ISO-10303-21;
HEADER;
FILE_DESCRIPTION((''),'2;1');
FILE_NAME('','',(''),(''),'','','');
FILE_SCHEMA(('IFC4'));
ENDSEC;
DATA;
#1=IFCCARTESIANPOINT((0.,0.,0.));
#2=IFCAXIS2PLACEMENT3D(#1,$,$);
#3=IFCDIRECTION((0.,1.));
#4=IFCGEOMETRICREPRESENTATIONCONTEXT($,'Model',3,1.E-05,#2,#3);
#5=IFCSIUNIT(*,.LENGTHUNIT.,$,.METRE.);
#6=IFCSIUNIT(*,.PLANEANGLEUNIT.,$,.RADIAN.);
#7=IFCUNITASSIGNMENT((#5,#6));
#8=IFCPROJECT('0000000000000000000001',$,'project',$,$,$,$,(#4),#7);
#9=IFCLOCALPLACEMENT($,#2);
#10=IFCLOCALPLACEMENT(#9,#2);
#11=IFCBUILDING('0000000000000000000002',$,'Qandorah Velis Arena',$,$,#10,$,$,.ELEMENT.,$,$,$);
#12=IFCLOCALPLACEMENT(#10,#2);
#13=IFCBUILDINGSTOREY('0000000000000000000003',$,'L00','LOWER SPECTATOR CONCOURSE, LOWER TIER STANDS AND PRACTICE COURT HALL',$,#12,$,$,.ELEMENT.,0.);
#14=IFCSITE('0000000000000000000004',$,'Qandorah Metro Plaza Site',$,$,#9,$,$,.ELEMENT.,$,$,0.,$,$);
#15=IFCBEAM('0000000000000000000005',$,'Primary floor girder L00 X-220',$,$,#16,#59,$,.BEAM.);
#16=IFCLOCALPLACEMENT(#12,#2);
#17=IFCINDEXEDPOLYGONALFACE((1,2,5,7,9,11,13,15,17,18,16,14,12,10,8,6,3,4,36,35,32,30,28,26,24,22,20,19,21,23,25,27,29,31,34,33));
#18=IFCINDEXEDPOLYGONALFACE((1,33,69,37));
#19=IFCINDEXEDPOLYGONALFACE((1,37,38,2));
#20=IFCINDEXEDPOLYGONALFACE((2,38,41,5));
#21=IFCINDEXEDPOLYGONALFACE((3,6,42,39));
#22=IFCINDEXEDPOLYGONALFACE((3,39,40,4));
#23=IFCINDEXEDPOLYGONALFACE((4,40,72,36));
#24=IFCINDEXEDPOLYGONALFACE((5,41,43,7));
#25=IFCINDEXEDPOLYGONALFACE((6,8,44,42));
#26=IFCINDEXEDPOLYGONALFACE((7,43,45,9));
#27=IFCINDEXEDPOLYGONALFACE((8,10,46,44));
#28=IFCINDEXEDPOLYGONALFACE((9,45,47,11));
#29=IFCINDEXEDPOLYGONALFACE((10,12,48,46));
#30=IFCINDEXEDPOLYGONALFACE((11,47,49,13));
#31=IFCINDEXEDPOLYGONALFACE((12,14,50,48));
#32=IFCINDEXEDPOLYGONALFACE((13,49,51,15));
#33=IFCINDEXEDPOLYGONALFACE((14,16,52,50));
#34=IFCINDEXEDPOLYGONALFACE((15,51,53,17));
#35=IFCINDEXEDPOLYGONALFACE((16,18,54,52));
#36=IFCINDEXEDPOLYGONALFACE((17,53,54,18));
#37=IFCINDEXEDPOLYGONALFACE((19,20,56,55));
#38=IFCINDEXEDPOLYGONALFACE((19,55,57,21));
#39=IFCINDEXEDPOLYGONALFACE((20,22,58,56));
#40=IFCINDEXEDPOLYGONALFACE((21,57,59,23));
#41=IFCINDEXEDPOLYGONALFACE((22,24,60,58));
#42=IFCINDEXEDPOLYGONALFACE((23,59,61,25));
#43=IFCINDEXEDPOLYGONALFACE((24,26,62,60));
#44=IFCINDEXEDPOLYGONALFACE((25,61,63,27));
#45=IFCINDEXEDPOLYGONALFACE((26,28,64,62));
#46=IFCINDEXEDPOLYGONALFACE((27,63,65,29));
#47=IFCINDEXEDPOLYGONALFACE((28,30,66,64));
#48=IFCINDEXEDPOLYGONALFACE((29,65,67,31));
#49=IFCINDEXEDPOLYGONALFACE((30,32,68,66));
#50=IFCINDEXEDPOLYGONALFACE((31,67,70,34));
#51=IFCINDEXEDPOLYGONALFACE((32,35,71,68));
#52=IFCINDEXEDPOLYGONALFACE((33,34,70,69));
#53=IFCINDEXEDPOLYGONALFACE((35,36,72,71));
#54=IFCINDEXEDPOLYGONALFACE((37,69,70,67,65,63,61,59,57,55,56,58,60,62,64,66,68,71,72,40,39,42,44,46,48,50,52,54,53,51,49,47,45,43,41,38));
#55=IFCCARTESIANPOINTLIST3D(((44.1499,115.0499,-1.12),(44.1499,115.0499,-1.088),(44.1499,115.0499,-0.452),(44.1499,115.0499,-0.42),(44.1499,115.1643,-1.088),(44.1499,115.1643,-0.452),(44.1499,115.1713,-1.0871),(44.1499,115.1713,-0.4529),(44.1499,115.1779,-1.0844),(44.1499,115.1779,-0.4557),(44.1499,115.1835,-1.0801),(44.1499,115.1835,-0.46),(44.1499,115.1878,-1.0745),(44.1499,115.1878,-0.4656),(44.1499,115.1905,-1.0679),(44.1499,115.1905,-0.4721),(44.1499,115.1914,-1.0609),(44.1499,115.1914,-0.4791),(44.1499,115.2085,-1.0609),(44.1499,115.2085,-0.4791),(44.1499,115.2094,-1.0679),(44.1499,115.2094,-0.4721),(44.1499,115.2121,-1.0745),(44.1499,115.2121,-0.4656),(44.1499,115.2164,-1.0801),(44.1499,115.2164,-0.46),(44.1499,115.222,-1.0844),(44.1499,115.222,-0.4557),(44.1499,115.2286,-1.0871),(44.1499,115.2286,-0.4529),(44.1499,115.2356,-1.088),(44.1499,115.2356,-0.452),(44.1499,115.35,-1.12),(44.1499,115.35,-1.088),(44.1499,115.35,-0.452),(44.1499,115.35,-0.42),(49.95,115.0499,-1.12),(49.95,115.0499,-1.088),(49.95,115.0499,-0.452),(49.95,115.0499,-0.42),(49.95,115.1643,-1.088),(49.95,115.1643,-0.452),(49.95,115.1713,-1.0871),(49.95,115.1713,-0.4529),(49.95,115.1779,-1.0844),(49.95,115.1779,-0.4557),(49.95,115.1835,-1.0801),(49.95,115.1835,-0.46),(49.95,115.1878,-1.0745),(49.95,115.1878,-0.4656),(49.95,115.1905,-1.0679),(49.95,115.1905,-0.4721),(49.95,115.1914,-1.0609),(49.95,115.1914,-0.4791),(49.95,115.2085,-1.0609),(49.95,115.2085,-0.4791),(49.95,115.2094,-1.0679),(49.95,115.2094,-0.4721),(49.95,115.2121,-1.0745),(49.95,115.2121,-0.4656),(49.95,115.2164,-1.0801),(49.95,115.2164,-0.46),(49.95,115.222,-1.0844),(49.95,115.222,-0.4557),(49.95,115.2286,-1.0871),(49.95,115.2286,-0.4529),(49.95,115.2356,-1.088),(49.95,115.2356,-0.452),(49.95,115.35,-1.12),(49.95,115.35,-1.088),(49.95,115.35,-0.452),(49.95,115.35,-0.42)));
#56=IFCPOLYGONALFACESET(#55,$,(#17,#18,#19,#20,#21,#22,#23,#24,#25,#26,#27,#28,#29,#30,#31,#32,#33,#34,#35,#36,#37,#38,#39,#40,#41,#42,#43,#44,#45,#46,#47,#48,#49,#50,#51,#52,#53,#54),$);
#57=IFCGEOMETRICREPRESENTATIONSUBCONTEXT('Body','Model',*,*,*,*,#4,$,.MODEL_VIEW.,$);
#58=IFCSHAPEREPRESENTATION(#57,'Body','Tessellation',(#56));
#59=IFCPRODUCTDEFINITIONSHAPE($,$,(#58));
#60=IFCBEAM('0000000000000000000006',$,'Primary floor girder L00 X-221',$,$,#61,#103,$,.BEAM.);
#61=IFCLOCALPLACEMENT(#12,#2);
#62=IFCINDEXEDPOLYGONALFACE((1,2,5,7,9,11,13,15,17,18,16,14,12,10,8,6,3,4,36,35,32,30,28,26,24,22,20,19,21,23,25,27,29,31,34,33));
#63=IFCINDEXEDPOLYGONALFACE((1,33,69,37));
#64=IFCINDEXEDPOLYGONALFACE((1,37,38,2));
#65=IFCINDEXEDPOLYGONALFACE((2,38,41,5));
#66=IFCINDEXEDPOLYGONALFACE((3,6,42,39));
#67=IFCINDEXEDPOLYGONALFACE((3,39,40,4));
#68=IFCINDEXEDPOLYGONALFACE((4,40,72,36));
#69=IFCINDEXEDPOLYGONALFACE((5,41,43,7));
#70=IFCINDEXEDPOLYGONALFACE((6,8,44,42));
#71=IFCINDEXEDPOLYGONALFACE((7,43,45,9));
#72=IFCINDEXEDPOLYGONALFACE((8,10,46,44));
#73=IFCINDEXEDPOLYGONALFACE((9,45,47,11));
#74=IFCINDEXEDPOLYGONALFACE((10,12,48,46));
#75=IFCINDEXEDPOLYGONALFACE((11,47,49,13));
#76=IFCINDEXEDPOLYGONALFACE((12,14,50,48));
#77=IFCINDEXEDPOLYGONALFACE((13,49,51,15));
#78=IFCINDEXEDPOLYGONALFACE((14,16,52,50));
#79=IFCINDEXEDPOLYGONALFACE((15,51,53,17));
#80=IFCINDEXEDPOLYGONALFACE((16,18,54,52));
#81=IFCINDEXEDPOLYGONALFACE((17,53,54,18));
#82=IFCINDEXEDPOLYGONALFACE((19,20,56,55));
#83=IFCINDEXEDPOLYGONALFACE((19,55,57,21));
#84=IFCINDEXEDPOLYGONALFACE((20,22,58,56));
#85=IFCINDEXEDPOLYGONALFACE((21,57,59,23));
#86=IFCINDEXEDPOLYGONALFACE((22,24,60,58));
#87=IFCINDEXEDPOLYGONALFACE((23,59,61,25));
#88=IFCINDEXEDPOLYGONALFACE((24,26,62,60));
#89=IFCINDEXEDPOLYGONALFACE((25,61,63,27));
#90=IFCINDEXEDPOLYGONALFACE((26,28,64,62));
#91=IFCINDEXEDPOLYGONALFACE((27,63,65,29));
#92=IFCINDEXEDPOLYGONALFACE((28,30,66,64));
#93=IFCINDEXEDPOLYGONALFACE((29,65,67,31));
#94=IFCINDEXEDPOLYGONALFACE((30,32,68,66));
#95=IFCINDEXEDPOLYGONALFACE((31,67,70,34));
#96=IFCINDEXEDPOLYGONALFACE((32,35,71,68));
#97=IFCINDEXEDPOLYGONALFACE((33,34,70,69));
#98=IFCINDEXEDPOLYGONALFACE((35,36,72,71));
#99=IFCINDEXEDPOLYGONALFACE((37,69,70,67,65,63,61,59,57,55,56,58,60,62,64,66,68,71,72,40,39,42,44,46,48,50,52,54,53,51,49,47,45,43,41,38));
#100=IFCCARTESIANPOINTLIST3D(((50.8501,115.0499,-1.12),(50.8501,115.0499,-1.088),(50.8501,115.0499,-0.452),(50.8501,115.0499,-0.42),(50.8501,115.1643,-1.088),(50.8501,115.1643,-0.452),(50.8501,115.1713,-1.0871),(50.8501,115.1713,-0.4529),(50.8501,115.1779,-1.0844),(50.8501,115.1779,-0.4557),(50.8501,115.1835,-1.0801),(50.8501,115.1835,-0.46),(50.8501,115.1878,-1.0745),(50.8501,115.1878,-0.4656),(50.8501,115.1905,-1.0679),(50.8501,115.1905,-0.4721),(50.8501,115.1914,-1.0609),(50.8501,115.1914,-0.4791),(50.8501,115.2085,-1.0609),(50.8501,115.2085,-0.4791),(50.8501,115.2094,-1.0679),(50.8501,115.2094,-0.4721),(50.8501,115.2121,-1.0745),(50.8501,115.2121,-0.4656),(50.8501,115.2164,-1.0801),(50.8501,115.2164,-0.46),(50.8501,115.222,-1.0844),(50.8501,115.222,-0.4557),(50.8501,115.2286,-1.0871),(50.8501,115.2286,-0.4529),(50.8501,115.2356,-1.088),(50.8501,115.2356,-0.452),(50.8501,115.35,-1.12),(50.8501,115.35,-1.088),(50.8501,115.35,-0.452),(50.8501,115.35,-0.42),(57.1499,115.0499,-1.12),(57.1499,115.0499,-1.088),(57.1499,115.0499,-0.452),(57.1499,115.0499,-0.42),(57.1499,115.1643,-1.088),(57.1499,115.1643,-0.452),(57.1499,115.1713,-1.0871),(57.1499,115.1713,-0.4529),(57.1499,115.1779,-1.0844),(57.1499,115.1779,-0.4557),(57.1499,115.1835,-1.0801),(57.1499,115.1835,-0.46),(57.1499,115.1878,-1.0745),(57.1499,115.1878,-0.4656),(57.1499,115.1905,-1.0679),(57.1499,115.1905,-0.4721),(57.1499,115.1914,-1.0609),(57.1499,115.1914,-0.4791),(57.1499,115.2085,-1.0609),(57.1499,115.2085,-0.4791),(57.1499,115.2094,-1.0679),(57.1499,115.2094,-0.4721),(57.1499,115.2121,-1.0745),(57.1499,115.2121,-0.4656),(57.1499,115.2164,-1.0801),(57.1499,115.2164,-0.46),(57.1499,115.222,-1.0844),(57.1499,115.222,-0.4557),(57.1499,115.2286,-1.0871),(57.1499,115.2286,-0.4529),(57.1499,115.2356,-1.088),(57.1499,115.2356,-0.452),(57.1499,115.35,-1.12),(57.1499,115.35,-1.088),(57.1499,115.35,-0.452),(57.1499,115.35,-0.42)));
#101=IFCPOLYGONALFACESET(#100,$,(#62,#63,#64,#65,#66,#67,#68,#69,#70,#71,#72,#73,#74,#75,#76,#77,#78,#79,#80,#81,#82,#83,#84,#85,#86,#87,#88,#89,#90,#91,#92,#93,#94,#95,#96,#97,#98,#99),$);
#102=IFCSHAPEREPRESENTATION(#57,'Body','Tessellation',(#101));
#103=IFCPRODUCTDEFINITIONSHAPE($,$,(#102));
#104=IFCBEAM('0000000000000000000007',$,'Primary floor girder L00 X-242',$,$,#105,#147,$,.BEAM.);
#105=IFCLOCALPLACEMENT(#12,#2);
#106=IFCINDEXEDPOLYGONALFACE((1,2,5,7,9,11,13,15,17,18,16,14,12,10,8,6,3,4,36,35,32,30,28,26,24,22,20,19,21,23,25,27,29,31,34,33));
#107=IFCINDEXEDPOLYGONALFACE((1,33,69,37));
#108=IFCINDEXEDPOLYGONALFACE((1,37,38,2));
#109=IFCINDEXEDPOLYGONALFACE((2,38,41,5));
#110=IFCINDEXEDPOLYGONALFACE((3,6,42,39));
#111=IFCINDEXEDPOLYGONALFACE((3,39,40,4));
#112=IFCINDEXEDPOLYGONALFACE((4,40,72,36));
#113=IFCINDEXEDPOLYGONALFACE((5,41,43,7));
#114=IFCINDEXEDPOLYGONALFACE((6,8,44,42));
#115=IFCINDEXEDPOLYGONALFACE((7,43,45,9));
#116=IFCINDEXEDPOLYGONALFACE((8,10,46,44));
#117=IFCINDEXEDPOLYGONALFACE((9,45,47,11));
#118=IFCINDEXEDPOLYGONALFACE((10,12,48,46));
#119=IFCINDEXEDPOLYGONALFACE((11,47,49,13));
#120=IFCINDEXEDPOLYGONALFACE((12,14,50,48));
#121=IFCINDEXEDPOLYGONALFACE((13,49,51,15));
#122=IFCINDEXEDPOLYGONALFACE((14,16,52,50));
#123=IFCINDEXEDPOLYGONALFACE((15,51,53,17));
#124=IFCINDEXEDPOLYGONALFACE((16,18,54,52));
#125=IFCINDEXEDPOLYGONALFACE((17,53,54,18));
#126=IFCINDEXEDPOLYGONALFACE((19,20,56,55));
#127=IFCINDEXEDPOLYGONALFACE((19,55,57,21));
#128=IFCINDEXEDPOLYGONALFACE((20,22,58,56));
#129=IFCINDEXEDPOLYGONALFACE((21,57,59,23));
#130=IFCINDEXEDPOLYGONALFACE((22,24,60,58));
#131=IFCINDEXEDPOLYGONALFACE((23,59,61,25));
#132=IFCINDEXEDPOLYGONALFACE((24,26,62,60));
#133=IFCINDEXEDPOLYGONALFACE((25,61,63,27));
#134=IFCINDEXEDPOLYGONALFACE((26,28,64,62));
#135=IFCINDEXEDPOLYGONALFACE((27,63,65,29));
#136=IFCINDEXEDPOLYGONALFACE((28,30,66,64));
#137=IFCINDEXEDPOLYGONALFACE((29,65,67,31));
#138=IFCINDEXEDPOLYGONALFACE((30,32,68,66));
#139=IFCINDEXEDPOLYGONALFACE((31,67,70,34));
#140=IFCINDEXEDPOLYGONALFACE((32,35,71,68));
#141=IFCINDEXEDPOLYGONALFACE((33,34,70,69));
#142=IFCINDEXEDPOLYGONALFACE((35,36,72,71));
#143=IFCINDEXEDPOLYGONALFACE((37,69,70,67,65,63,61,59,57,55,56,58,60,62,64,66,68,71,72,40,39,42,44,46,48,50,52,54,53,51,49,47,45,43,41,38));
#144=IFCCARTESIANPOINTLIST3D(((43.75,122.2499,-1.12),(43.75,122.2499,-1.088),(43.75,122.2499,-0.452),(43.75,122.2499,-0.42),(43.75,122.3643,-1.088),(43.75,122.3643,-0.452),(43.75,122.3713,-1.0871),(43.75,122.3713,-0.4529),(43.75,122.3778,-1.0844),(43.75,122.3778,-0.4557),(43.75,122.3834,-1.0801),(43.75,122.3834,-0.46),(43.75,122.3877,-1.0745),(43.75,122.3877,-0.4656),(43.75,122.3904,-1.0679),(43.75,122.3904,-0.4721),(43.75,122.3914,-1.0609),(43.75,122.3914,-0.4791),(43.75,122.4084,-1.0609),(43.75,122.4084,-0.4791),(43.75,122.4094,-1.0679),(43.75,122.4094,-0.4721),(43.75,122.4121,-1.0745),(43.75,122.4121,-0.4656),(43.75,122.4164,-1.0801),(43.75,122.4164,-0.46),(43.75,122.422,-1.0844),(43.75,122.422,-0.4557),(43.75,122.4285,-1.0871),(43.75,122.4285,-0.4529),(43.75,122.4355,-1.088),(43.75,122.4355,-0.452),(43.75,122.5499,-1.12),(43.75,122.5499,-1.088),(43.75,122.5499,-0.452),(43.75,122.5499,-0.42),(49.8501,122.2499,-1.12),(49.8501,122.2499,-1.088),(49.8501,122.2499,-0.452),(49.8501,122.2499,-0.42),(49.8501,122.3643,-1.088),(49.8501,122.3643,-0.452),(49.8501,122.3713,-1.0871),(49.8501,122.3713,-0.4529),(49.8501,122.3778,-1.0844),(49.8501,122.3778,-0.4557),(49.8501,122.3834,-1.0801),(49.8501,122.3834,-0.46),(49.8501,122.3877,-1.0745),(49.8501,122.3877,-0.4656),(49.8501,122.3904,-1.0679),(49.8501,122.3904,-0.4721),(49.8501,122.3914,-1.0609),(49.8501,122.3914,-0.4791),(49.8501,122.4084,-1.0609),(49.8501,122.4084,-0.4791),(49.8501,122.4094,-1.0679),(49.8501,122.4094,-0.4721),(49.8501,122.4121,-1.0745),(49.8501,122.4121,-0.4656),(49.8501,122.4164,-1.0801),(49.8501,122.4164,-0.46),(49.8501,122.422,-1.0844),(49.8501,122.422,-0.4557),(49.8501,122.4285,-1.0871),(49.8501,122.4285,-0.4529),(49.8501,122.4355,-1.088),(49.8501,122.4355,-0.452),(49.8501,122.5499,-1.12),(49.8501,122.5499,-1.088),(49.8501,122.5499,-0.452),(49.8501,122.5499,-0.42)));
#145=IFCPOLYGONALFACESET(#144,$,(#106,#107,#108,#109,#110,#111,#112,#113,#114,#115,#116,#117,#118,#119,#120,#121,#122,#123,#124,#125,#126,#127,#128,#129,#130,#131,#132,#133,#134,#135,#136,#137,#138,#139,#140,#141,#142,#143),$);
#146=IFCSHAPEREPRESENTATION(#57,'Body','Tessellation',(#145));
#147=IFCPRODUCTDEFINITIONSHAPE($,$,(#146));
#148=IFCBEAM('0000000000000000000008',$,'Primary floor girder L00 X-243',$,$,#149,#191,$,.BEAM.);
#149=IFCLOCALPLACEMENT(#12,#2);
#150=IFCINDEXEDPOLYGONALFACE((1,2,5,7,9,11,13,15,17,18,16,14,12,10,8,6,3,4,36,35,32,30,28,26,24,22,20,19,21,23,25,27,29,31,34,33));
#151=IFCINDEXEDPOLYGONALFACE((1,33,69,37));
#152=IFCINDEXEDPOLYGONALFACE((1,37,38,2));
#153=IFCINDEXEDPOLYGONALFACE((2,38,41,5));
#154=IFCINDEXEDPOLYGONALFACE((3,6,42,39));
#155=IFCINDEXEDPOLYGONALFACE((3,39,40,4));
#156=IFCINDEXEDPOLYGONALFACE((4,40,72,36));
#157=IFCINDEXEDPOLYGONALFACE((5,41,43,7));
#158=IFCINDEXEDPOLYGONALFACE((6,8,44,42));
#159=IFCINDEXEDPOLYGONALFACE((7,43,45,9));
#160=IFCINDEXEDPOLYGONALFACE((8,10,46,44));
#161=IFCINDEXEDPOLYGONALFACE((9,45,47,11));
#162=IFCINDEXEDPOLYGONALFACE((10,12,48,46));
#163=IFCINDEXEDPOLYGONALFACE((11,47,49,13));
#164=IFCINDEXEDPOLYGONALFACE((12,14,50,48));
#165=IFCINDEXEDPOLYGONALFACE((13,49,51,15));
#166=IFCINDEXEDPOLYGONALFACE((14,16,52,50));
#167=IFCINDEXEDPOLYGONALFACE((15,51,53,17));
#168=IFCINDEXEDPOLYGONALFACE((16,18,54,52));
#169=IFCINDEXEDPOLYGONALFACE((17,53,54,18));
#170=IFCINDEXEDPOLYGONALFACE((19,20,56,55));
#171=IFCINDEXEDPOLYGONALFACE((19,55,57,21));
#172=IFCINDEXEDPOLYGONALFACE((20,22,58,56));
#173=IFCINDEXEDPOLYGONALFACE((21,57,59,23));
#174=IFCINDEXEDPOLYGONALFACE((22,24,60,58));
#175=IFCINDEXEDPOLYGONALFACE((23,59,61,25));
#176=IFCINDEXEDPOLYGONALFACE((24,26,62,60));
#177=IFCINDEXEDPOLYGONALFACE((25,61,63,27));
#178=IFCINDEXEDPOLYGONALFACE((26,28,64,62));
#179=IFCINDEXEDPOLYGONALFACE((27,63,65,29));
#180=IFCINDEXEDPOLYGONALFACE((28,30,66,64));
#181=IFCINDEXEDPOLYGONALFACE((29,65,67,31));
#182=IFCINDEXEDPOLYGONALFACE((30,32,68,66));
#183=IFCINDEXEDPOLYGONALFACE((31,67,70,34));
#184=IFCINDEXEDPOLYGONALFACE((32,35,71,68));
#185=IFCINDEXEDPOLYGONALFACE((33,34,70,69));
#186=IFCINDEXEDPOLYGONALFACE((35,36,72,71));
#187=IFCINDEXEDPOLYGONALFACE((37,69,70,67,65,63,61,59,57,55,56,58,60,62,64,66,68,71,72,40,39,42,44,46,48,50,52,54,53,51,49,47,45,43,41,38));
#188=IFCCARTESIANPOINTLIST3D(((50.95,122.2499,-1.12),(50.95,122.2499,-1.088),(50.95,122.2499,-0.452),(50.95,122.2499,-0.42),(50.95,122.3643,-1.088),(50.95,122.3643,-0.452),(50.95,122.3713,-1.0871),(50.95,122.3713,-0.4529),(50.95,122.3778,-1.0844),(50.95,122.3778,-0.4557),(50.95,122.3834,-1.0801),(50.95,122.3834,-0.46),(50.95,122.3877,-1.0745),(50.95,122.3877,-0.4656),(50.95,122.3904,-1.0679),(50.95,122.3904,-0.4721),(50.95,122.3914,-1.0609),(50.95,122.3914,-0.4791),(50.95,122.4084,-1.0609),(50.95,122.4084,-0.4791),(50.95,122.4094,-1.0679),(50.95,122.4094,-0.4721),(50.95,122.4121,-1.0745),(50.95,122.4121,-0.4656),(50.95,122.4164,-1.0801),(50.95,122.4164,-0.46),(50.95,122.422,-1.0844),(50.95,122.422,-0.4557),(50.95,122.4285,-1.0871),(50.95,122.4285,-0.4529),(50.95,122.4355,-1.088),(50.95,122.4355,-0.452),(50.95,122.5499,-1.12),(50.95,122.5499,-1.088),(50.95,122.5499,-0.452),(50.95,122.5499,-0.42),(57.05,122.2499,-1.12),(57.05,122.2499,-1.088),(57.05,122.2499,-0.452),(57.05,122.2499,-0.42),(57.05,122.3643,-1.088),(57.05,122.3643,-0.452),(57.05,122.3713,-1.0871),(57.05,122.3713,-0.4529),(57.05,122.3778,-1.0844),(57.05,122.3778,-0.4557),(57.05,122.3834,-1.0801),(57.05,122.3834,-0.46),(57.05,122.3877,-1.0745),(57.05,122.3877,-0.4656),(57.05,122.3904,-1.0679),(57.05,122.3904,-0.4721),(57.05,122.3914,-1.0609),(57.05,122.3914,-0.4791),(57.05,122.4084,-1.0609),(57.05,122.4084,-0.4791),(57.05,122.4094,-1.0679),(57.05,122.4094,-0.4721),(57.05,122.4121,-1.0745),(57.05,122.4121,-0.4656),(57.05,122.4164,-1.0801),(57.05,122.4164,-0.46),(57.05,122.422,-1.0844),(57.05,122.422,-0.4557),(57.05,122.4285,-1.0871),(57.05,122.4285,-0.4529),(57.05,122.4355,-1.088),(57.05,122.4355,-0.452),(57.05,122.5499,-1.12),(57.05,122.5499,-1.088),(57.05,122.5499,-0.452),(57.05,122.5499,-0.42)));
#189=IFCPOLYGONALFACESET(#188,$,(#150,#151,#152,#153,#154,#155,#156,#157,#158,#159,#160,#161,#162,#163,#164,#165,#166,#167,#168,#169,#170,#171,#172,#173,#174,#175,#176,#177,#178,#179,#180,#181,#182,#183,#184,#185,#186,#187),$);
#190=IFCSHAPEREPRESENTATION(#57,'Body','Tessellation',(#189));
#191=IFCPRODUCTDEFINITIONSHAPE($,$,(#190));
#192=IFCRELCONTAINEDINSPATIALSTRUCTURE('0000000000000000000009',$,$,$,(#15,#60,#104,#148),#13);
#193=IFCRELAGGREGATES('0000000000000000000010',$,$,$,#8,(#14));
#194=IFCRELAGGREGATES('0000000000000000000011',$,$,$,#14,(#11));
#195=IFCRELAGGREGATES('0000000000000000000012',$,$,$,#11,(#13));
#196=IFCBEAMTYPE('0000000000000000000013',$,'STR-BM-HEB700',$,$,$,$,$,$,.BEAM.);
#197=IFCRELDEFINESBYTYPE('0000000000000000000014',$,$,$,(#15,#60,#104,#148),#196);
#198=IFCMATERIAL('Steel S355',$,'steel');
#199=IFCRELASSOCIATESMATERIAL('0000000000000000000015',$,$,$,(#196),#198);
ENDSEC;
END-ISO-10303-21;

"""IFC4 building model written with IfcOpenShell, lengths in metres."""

from ifc_helpers import new_model, si_unit, direction, frame, origin, origin_2d, place, context, subcontext, project, spatial, i_section, extrude, material, material_profile, profile_set, type_object, element, save


model = new_model("IFC4")

# Units and contexts
model_context = context("Model", 3, precision=1e-05, world=origin(), true_north=direction((0.0, 1.0)))
body_context = subcontext(model_context, "Body", "Model", "MODEL_VIEW")
ifc_project = project(units=[si_unit("LENGTHUNIT", "METRE"), si_unit("PLANEANGLEUNIT", "RADIAN")], contexts=[model_context])

# Site, building, storey
site_placement = place(None, origin())
site = spatial("IfcSite", under=ifc_project, at=site_placement, Name="Qandorah Metro Plaza Site", CompositionType="ELEMENT", RefElevation=0.0)
building_placement = place(site_placement, origin())
building = spatial("IfcBuilding", under=site, at=building_placement, Name="Qandorah Velis Arena", CompositionType="ELEMENT")
storey_placement = place(building_placement, origin())
storey = spatial("IfcBuildingStorey", under=building, at=storey_placement, Name="L00", Description="LOWER SPECTATOR CONCOURSE, LOWER TIER STANDS AND PRACTICE COURT HALL", CompositionType="ELEMENT", Elevation=0.0)

# Beams
ifc_material_1 = material(Name="Steel S355", Category="steel")
ifc_material_profile_1 = material_profile(ifc_material_1, i_section(OverallWidth=0.3, OverallDepth=0.7, WebThickness=0.0171, FlangeThickness=0.032, FilletRadius=0.0271, at=origin_2d()), Name="HEB 700")
ifc_profile_set_1 = profile_set([ifc_material_profile_1], Name="Steel S355")
beam_type_1 = type_object("IfcBeamType", Name="STR-BM-HEB700", PredefinedType="BEAM", material=ifc_profile_set_1)
beam_1_placement = place(storey_placement, frame((44.1499, 115.2, -0.77), z_axis=(1.0, 0.0, 0.0), x_axis=(0.0, 1.0, 0.0)))
element("IfcBeam", 1, at=beam_1_placement, inside=storey, type_object=beam_type_1, Name="Primary floor girder L00 X-220", PredefinedType="BEAM", context=body_context, shape_type="SweptSolid", body=[
    extrude(i_section(OverallWidth=0.3, OverallDepth=0.7, WebThickness=0.0171, FlangeThickness=0.032, FilletRadius=0.0271, at=origin_2d()), origin(), (0.0, 0.0, 1.0), 5.8),
])
beam_2_placement = place(storey_placement, frame((50.8501, 115.2, -0.77), z_axis=(1.0, 0.0, 0.0), x_axis=(0.0, 1.0, 0.0)))
element("IfcBeam", 2, at=beam_2_placement, inside=storey, type_object=beam_type_1, Name="Primary floor girder L00 X-221", PredefinedType="BEAM", context=body_context, shape_type="SweptSolid", body=[
    extrude(i_section(OverallWidth=0.3, OverallDepth=0.7, WebThickness=0.0171, FlangeThickness=0.032, FilletRadius=0.0271, at=origin_2d()), origin(), (0.0, 0.0, 1.0), 6.2998),
])
for number, where, z_axis, x_axis, name in (
    (3, (43.75, 122.3999, -0.77), (1.0, 0.0, 0.0), (0.0, 1.0, 0.0), "Primary floor girder L00 X-242"),
    (4, (50.95, 122.3999, -0.77), (1.0, 0.0, 0.0), (0.0, 1.0, 0.0), "Primary floor girder L00 X-243"),
):
    element("IfcBeam", number, at=place(storey_placement, frame(where, z_axis=z_axis, x_axis=x_axis)), inside=storey, type_object=beam_type_1, Name=name, PredefinedType="BEAM", context=body_context, shape_type="SweptSolid", body=[
        extrude(i_section(OverallWidth=0.3, OverallDepth=0.7, WebThickness=0.0171, FlangeThickness=0.032, FilletRadius=0.0271, at=origin_2d()), origin(), (0.0, 0.0, 1.0), 6.1001),
    ])

save(model, "model.ifc")
